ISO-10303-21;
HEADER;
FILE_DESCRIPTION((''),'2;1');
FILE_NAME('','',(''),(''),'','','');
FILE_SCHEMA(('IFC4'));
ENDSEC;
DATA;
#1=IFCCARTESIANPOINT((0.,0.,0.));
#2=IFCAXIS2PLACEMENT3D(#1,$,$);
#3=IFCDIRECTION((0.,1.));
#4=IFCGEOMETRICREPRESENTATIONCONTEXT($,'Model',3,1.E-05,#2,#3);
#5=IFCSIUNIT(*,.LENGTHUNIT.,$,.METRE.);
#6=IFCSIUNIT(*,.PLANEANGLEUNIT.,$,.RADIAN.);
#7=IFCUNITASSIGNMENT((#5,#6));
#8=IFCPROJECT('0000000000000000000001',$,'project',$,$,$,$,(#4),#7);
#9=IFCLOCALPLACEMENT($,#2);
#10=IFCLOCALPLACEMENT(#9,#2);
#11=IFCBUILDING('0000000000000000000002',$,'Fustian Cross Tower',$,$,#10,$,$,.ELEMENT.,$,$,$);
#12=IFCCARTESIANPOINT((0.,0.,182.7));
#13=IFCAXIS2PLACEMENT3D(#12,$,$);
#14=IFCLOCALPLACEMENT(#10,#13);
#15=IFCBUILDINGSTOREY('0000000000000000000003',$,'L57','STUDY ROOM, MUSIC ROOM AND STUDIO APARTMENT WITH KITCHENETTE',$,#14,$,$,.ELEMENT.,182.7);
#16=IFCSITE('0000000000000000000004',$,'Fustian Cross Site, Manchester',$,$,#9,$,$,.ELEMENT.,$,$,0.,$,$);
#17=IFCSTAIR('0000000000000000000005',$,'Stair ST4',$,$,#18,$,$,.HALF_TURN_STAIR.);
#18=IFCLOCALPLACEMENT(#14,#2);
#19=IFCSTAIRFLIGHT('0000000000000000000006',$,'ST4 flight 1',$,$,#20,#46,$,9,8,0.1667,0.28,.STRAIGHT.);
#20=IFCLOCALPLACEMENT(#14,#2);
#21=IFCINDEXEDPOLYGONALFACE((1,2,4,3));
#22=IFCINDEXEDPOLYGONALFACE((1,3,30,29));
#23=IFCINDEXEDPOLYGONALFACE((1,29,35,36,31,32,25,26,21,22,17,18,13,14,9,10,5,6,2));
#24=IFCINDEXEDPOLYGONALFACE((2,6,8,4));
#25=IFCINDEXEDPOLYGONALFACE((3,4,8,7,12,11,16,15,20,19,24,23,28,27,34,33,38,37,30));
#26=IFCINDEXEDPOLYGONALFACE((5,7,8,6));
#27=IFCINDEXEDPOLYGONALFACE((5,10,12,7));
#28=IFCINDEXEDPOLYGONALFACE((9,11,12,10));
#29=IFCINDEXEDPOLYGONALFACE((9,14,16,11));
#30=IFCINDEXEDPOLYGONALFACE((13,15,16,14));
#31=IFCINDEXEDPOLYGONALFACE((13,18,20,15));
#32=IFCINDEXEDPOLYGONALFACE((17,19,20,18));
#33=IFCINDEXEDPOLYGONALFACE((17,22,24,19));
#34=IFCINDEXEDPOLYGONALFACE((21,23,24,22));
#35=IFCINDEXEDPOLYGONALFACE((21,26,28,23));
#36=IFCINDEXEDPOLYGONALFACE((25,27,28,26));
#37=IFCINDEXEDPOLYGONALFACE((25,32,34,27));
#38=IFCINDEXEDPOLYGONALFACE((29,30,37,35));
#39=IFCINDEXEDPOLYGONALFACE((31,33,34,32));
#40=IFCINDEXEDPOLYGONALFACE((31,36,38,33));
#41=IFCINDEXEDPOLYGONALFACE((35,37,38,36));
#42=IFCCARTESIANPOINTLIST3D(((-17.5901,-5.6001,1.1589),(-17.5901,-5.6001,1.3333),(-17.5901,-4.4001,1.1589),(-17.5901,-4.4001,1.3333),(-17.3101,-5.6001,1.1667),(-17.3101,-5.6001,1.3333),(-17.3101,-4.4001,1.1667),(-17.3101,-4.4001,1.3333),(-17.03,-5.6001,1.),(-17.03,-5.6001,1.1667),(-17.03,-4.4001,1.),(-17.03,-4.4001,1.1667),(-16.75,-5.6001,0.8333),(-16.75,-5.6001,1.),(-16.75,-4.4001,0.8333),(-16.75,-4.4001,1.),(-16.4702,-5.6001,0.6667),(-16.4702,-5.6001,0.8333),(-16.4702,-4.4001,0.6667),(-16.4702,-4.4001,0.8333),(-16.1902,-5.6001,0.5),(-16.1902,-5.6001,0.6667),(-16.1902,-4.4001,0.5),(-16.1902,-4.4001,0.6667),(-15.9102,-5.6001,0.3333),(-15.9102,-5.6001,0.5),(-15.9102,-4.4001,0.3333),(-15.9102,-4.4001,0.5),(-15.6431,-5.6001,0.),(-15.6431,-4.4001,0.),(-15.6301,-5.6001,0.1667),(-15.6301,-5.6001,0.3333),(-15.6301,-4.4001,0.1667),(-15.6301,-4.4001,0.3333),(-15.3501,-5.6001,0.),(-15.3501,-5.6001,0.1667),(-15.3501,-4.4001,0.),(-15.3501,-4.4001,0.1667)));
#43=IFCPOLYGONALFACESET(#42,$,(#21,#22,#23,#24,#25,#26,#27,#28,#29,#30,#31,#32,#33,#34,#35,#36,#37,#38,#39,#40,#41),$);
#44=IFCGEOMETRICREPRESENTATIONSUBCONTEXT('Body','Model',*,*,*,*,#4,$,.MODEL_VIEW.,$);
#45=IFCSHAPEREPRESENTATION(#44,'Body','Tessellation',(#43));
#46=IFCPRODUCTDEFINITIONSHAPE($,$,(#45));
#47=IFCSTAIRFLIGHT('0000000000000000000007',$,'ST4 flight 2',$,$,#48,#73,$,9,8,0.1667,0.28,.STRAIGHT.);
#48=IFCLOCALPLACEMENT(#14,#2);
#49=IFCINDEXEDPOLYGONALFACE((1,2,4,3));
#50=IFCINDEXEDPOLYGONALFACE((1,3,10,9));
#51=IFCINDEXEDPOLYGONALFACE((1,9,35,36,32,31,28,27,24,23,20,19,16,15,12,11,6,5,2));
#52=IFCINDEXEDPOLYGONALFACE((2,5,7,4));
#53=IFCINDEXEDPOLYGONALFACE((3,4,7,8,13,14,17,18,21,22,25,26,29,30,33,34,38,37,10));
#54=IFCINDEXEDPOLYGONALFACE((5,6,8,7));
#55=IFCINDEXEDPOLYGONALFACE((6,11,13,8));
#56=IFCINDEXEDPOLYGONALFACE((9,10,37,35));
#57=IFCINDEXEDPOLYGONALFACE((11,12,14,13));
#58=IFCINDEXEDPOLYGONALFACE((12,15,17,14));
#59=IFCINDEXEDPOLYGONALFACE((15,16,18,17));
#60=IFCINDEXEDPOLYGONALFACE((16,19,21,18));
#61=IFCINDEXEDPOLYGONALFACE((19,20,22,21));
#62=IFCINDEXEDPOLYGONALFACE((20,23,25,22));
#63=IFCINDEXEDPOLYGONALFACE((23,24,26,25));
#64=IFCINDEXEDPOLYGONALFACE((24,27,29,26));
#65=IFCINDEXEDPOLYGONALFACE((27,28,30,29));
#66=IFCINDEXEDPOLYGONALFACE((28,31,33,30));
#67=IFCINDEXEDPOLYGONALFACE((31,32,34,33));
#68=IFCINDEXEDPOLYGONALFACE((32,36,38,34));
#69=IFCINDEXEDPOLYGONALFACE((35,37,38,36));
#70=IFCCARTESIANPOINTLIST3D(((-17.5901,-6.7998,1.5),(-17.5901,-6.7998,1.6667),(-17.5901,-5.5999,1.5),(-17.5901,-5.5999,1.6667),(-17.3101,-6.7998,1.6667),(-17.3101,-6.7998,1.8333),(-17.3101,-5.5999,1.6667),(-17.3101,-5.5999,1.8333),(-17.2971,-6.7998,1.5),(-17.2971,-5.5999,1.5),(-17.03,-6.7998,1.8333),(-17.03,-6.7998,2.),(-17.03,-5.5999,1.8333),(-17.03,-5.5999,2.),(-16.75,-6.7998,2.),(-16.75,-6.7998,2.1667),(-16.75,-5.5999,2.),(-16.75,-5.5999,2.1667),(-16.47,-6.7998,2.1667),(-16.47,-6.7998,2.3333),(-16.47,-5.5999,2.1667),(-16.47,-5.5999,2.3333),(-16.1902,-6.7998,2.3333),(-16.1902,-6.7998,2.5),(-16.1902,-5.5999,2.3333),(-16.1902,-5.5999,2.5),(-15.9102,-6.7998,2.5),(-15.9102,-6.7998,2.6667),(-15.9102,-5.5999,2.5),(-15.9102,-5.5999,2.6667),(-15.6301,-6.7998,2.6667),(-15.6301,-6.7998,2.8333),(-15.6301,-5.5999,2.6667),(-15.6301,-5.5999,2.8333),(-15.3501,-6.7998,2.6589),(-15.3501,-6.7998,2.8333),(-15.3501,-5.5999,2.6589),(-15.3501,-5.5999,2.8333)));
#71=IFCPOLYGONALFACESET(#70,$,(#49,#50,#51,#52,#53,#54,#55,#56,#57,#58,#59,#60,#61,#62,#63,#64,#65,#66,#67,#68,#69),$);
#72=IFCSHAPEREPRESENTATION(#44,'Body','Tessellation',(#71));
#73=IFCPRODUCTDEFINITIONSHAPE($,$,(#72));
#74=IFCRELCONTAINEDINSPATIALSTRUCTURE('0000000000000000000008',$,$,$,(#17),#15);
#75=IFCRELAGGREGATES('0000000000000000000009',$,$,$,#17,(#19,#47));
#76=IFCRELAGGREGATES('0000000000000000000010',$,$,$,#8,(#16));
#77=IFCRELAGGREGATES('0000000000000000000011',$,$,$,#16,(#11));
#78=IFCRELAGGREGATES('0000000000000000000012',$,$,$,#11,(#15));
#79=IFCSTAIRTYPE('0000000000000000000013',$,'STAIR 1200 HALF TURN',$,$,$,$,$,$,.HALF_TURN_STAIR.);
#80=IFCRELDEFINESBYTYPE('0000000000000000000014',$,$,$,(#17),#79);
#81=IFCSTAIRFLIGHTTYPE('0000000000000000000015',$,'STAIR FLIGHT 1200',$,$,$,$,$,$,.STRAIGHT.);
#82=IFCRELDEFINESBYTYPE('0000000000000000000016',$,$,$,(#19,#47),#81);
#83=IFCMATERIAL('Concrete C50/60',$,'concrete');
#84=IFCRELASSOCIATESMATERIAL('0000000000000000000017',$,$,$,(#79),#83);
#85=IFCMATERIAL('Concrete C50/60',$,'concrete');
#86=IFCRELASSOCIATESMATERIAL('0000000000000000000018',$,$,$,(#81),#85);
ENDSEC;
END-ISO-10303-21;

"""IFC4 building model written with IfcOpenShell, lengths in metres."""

from ifc_helpers import new_model, si_unit, direction, frame, origin, place, context, subcontext, project, spatial, polyline, outline, extrude, material, type_object, element, aggregate, save


model = new_model("IFC4")

# Units and contexts
model_context = context("Model", 3, precision=1e-05, world=origin(), true_north=direction((0.0, 1.0)))
body_context = subcontext(model_context, "Body", "Model", "MODEL_VIEW")
ifc_project = project(units=[si_unit("LENGTHUNIT", "METRE"), si_unit("PLANEANGLEUNIT", "RADIAN")], contexts=[model_context])

# Site, building, storey
site_placement = place(None, origin())
site = spatial("IfcSite", under=ifc_project, at=site_placement, Name="Fustian Cross Site, Manchester", CompositionType="ELEMENT", RefElevation=0.0)
building_placement = place(site_placement, origin())
building = spatial("IfcBuilding", under=site, at=building_placement, Name="Fustian Cross Tower", CompositionType="ELEMENT")
storey_placement = place(building_placement, frame((0.0, 0.0, 182.7)))
storey = spatial("IfcBuildingStorey", under=building, at=storey_placement, Name="L57", Description="STUDY ROOM, MUSIC ROOM AND STUDIO APARTMENT WITH KITCHENETTE", CompositionType="ELEMENT", Elevation=182.7)

# Stair, stair flights
ifc_material_1 = material(Name="Concrete C50/60", Category="concrete")
stair_type = type_object("IfcStairType", Name="STAIR 1200 HALF TURN", PredefinedType="HALF_TURN_STAIR", material=ifc_material_1)
stair_placement = place(storey_placement, origin())
stair = element("IfcStair", 1, at=stair_placement, inside=storey, type_object=stair_type, Name="Stair ST4", PredefinedType="HALF_TURN_STAIR")
ifc_material_2 = material(Name="Concrete C50/60", Category="concrete")
stair_flight_type = type_object("IfcStairFlightType", Name="STAIR FLIGHT 1200", PredefinedType="STRAIGHT", material=ifc_material_2)
stair_flight_1_placement = place(storey_placement, frame((-15.3501, -5.0, 0.0), z_axis=(0.0, 0.0, 1.0), x_axis=(-1.0, 0.0, 0.0)))
stair_flight_1 = element("IfcStairFlight", 2, at=stair_flight_1_placement, type_object=stair_flight_type, Name="ST4 flight 1", NumberOfRisers=9, NumberOfTreads=8, PredefinedType="STRAIGHT", RiserHeight=0.1667, TreadLength=0.28, context=body_context, shape_type="SweptSolid", body=[
    extrude(outline(polyline([(0.0, 0.0), (0.0, 0.1667), (0.28, 0.1667), (0.28, 0.3333), (0.5601, 0.3333), (0.5601, 0.5), (0.8401, 0.5), (0.8401, 0.6667), (1.1201, 0.6667), (1.1201, 0.8333), (1.3999, 0.8333), (1.3999, 1.0), (1.6799, 1.0), (1.6799, 1.1667), (1.96, 1.1667), (1.96, 1.3333), (2.24, 1.3333), (2.24, 1.5), (2.24, 1.1589), (0.293, 0.0), (0.0, 0.0)])), frame((0.0, 0.6001, 0.0), z_axis=(0.0, -1.0, 0.0), x_axis=(1.0, 0.0, 0.0)), (0.0, 0.0, 1.0), 1.2),
])
stair_flight_2_placement = place(storey_placement, frame((-17.5901, -6.2, 1.5), z_axis=(0.0, 0.0, 1.0), x_axis=(1.0, 0.0, 0.0)))
stair_flight_2 = element("IfcStairFlight", 3, at=stair_flight_2_placement, type_object=stair_flight_type, Name="ST4 flight 2", NumberOfRisers=9, NumberOfTreads=8, PredefinedType="STRAIGHT", RiserHeight=0.1667, TreadLength=0.28, context=body_context, shape_type="SweptSolid", body=[
    extrude(outline(polyline([(0.0, 0.0), (0.0, 0.1667), (0.28, 0.1667), (0.28, 0.3333), (0.5601, 0.3333), (0.5601, 0.5), (0.8401, 0.5), (0.8401, 0.6667), (1.1201, 0.6667), (1.1201, 0.8333), (1.3999, 0.8333), (1.3999, 1.0), (1.6799, 1.0), (1.6799, 1.1667), (1.96, 1.1667), (1.96, 1.3333), (2.24, 1.3333), (2.24, 1.5), (2.24, 1.1589), (0.293, 0.0), (0.0, 0.0)])), frame((0.0, 0.6001, 0.0), z_axis=(0.0, -1.0, 0.0), x_axis=(1.0, 0.0, 0.0)), (0.0, 0.0, 1.0), 1.2),
])
aggregate(stair, [stair_flight_1, stair_flight_2])

save(model, "model.ifc")
